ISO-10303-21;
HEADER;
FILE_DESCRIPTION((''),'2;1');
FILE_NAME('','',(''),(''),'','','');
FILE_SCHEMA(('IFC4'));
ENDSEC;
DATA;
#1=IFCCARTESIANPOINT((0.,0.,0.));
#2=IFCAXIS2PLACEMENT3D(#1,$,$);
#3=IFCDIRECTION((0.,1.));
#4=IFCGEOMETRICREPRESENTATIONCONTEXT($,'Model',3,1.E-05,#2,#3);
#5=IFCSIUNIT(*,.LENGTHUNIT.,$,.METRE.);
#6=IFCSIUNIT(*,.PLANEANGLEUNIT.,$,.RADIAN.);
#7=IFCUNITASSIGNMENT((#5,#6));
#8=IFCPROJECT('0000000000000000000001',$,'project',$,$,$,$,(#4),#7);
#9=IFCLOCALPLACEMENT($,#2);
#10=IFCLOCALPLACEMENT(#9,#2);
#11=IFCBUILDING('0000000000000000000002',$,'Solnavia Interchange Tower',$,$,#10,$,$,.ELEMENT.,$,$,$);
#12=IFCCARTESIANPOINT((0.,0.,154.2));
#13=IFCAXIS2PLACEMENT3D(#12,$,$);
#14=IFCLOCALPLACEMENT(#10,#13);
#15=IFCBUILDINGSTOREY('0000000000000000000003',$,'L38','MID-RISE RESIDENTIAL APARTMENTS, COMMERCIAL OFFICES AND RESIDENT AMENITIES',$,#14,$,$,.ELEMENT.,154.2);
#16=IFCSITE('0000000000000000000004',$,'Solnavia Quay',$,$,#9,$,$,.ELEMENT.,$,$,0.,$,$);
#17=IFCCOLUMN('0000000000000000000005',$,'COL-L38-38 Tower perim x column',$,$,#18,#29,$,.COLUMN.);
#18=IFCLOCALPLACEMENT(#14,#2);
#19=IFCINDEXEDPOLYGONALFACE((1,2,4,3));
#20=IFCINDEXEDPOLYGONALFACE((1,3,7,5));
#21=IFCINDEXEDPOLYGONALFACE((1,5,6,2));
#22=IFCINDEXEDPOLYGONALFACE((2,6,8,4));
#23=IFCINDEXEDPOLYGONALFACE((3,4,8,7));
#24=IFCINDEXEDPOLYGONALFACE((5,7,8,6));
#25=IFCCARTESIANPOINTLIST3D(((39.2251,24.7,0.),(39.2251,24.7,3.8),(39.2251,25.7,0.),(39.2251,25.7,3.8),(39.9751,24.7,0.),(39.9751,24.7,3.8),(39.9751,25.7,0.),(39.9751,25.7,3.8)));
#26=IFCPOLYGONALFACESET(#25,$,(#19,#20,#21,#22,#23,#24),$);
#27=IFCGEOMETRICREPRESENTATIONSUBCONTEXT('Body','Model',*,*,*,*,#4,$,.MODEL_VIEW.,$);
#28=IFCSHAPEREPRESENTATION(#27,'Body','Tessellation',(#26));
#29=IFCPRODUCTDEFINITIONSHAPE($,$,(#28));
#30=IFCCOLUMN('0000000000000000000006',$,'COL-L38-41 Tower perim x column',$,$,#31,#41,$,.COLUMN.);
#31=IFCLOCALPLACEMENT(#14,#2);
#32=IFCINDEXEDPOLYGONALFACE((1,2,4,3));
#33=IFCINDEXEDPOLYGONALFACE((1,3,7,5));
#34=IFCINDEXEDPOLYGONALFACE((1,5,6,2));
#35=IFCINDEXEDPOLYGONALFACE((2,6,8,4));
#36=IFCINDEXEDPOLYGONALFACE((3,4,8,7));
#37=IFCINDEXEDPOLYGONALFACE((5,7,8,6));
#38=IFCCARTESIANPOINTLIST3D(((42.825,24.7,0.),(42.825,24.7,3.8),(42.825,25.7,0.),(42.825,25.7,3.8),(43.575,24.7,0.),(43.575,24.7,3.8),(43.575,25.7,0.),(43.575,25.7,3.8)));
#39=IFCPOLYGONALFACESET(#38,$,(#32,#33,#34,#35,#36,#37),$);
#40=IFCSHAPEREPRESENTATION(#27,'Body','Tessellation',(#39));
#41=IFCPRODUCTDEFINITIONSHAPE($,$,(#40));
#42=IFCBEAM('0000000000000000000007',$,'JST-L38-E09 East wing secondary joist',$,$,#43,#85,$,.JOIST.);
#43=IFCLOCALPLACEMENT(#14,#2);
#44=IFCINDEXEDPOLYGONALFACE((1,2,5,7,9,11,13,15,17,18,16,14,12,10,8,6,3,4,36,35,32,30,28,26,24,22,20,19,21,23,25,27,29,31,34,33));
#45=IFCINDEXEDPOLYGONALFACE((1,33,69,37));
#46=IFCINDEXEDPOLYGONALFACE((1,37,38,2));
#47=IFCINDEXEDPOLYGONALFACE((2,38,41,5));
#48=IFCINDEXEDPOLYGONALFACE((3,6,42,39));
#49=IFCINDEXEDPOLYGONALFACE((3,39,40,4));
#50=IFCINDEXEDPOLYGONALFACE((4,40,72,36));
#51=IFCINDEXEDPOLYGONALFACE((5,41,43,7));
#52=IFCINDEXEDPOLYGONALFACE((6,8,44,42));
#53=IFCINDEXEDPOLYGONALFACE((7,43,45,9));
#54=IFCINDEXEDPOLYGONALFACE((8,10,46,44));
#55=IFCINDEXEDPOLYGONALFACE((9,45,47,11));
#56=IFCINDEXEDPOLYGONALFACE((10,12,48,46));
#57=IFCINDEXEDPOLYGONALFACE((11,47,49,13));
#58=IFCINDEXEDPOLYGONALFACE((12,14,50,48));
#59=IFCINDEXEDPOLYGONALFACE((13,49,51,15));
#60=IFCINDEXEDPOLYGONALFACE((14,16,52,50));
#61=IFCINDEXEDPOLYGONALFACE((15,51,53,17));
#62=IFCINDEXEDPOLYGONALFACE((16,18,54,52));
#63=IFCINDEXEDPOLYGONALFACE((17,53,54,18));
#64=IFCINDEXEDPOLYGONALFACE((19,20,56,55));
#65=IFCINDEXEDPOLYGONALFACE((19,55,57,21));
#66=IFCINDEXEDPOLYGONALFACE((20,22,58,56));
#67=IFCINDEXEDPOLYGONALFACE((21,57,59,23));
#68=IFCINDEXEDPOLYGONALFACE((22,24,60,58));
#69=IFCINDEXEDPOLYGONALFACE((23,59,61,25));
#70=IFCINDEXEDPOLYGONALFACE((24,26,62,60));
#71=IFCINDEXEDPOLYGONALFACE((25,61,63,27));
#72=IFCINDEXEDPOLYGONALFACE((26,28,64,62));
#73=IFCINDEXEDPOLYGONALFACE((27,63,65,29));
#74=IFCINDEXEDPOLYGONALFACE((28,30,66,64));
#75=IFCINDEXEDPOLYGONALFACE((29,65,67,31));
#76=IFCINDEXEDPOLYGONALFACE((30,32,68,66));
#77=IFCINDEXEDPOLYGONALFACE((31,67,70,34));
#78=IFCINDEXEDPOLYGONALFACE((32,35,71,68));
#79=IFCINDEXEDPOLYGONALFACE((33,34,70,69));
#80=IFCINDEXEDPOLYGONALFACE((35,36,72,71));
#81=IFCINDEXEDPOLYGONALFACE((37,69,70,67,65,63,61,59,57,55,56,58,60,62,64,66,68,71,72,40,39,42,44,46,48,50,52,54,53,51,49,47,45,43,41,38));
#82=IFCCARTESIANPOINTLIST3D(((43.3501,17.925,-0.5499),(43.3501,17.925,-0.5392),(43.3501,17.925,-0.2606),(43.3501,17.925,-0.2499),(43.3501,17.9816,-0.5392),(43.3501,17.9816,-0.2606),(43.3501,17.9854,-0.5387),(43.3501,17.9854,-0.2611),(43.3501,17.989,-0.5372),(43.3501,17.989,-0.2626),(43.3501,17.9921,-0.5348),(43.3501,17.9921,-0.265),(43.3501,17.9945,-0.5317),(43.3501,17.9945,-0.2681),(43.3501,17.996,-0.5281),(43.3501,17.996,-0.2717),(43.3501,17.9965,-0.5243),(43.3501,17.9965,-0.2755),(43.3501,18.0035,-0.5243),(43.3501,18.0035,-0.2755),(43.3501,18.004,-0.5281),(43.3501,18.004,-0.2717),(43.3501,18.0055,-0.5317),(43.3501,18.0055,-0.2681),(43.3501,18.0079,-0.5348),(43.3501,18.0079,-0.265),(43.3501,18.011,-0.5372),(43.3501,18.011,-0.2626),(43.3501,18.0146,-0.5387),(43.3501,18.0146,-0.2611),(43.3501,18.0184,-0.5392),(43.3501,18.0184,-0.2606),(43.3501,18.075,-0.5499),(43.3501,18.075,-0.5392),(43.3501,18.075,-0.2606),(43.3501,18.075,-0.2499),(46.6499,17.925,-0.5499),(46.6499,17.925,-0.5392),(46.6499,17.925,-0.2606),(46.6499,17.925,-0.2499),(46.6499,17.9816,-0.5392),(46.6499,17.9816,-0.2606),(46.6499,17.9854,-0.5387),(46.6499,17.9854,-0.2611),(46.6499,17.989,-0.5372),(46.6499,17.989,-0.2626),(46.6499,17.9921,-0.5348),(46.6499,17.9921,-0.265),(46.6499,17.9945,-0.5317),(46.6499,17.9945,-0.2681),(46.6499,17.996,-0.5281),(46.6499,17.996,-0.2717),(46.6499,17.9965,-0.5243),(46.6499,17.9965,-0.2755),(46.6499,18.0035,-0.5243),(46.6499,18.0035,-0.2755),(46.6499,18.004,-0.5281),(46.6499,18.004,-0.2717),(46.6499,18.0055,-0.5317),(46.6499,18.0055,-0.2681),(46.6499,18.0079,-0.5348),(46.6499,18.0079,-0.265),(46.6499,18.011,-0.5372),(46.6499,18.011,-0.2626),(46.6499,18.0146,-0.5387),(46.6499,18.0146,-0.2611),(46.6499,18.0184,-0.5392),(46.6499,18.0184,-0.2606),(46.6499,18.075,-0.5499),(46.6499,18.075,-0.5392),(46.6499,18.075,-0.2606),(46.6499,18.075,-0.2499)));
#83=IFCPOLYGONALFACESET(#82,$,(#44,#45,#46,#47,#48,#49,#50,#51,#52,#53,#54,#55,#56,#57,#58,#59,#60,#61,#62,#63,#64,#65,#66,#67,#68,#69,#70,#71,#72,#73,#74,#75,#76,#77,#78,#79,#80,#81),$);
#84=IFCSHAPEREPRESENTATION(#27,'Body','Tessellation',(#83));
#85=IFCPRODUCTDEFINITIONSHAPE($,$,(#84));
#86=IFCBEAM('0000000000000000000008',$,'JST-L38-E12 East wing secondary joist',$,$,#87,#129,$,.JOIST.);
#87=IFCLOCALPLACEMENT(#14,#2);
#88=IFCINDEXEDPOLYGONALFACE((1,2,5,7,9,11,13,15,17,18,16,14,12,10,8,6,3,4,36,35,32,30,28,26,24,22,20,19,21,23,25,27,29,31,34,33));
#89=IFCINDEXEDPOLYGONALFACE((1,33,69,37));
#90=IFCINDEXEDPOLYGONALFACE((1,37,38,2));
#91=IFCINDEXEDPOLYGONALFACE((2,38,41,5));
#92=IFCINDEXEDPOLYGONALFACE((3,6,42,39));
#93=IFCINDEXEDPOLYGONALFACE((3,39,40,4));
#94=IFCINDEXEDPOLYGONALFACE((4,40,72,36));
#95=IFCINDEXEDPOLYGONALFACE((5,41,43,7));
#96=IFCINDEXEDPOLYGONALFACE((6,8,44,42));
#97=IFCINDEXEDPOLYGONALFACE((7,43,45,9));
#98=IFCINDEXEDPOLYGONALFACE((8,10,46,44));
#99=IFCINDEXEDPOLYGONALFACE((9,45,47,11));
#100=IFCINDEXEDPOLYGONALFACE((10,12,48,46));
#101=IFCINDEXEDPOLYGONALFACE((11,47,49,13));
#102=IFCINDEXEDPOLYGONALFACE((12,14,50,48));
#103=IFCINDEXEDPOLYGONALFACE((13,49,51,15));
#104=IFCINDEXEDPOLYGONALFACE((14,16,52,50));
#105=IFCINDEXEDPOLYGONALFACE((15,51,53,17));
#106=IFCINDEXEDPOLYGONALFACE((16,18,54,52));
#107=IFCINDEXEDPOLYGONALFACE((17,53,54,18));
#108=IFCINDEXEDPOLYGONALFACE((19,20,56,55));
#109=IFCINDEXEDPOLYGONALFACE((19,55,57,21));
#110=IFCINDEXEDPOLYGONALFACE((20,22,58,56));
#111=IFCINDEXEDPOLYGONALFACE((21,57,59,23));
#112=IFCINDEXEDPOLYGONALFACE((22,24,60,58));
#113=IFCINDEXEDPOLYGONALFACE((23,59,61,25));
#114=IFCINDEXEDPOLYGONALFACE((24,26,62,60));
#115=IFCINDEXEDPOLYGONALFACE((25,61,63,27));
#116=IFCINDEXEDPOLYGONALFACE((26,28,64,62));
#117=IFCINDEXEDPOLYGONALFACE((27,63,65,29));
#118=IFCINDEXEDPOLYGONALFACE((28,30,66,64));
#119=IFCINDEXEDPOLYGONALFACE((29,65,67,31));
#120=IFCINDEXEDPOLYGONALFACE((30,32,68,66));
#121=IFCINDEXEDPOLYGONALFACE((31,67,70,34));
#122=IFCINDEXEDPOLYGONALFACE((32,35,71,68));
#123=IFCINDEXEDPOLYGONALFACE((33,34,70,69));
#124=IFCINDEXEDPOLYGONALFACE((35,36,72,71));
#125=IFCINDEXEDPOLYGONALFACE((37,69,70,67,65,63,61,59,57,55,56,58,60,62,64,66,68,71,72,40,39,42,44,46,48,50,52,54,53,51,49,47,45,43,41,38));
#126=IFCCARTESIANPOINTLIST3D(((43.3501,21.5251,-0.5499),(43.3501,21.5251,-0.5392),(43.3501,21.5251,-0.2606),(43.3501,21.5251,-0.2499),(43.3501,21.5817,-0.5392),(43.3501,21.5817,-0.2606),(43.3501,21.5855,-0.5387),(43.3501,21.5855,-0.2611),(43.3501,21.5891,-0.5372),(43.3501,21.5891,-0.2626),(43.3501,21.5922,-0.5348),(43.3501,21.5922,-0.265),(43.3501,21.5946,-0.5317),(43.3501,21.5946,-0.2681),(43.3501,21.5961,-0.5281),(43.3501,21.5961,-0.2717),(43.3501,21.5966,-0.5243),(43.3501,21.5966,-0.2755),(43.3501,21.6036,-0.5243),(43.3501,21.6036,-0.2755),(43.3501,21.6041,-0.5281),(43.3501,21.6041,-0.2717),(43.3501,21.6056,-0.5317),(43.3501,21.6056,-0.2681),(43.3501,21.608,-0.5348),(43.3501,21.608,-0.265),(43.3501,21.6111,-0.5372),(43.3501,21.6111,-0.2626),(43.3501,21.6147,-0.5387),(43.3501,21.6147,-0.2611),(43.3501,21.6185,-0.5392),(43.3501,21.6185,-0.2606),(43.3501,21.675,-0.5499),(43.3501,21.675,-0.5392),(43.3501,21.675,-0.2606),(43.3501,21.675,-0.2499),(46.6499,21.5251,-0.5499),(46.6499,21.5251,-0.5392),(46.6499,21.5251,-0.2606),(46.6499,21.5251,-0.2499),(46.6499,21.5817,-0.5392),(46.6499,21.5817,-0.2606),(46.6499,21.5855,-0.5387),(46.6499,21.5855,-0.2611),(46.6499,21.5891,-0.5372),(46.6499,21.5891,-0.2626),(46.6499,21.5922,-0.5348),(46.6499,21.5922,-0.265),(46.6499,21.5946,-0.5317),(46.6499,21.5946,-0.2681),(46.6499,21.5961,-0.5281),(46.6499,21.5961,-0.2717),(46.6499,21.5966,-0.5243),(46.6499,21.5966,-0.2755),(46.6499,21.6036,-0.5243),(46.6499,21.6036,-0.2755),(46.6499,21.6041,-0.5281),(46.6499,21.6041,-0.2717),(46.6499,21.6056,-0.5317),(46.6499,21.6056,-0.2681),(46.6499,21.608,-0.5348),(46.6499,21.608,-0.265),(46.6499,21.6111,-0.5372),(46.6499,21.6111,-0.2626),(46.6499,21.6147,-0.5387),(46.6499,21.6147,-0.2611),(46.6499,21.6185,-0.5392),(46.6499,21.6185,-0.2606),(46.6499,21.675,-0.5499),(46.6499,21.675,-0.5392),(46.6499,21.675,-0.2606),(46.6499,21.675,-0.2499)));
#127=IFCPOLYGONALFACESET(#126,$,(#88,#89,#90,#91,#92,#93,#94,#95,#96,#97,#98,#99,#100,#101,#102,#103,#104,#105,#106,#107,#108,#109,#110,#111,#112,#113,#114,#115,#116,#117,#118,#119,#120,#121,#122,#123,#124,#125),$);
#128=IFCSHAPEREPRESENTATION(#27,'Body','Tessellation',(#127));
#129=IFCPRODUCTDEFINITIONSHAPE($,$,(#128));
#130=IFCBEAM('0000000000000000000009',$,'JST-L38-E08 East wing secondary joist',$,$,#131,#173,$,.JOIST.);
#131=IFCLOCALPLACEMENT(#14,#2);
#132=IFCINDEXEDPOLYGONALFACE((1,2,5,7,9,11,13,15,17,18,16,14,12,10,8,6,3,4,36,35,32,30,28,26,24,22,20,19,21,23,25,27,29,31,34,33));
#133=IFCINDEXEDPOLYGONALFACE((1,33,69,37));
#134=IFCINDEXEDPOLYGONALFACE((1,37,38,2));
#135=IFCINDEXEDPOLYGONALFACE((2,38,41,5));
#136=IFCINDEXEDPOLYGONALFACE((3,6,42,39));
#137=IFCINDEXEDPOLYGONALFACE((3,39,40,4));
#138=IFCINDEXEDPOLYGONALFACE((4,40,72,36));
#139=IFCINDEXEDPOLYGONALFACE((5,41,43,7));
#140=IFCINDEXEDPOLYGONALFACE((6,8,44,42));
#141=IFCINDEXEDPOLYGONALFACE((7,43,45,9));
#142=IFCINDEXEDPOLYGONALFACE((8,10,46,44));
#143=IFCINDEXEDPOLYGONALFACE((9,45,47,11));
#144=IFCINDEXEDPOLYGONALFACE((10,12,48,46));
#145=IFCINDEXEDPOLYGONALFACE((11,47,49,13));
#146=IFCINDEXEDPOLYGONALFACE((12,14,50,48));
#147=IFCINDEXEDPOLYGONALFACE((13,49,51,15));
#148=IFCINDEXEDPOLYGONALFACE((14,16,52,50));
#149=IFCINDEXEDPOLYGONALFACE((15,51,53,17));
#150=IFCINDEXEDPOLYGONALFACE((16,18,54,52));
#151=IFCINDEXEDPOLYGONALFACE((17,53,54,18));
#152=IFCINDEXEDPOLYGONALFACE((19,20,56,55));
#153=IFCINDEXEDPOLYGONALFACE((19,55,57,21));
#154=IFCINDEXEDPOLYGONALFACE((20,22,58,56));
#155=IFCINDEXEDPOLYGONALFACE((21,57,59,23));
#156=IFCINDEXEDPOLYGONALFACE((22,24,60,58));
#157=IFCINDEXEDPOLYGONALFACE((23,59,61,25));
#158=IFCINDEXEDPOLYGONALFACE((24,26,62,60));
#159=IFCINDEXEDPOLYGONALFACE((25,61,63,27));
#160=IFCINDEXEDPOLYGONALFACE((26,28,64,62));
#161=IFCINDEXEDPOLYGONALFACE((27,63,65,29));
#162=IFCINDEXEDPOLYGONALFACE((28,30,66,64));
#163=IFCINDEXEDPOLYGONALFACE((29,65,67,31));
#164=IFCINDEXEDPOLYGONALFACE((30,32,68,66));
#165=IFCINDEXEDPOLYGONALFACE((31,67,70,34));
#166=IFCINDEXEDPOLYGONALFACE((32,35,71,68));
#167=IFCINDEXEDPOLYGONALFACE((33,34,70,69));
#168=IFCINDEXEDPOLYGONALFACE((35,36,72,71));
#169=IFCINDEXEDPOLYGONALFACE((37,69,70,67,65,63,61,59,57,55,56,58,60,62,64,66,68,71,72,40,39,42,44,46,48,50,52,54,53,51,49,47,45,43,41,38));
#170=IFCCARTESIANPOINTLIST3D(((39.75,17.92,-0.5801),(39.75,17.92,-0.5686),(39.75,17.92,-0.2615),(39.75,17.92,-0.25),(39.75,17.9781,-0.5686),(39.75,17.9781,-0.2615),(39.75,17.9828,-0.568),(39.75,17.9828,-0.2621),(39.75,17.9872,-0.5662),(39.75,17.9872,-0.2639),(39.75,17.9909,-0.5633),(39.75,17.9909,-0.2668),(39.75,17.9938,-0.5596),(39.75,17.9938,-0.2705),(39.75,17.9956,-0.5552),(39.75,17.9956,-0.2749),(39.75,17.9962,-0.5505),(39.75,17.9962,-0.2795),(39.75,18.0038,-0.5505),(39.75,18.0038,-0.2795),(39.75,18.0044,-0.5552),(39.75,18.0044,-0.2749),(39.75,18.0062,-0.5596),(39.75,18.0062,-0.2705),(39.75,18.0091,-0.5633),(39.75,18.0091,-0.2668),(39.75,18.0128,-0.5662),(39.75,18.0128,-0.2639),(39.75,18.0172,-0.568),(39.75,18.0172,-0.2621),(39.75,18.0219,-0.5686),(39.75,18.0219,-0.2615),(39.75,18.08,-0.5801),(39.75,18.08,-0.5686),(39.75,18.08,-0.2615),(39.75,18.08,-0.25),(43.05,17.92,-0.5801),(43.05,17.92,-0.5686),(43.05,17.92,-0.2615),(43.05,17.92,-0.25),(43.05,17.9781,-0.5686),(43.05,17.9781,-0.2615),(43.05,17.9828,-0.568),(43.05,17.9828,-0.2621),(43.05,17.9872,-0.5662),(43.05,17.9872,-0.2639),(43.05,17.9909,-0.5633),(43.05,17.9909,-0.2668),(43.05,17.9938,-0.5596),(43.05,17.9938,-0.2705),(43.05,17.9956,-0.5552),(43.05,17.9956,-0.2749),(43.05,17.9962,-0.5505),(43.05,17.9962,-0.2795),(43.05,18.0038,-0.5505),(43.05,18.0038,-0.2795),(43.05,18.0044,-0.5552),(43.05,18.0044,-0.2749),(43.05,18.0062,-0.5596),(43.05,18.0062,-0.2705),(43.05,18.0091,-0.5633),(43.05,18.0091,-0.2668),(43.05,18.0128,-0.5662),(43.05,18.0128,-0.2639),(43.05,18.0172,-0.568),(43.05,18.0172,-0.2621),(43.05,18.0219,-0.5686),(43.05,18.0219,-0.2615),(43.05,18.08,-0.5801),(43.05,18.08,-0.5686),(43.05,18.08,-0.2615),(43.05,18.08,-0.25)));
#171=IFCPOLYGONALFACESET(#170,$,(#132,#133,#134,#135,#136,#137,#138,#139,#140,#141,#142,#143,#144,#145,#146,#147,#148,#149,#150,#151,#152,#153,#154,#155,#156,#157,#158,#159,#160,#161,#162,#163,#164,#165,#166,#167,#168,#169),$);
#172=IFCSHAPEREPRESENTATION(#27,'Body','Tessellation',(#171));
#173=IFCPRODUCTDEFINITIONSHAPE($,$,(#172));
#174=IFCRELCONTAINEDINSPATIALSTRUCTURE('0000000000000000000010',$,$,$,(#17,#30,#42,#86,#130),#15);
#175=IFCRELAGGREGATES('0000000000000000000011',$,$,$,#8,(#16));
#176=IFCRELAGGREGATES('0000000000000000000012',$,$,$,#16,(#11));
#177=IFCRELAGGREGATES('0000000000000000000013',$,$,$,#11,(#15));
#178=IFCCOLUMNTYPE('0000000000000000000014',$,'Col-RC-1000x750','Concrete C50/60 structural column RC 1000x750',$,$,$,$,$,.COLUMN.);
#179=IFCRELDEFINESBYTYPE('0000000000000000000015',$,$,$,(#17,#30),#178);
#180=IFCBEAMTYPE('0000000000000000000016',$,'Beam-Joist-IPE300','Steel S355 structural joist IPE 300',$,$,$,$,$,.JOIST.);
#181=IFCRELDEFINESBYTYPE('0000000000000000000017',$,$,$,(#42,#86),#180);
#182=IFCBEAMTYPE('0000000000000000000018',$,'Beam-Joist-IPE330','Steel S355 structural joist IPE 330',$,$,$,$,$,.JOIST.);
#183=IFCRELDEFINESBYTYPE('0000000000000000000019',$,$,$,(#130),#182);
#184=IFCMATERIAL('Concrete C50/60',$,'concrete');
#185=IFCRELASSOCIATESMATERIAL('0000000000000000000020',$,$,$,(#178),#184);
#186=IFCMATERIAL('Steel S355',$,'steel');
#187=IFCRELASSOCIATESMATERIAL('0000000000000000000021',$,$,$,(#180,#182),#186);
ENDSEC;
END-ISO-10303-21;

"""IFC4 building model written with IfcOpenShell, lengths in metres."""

from ifc_helpers import new_model, si_unit, direction, frame, origin, origin_2d, place, context, subcontext, project, spatial, rectangle, i_section, extrude, material, material_profile, profile_set, type_object, element, save


model = new_model("IFC4")

# Units and contexts
model_context = context("Model", 3, precision=1e-05, world=origin(), true_north=direction((0.0, 1.0)))
body_context = subcontext(model_context, "Body", "Model", "MODEL_VIEW")
ifc_project = project(units=[si_unit("LENGTHUNIT", "METRE"), si_unit("PLANEANGLEUNIT", "RADIAN")], contexts=[model_context])

# Site, building, storey
site_placement = place(None, origin())
site = spatial("IfcSite", under=ifc_project, at=site_placement, Name="Solnavia Quay", CompositionType="ELEMENT", RefElevation=0.0)
building_placement = place(site_placement, origin())
building = spatial("IfcBuilding", under=site, at=building_placement, Name="Solnavia Interchange Tower", CompositionType="ELEMENT")
storey_placement = place(building_placement, frame((0.0, 0.0, 154.2)))
storey = spatial("IfcBuildingStorey", under=building, at=storey_placement, Name="L38", Description="MID-RISE RESIDENTIAL APARTMENTS, COMMERCIAL OFFICES AND RESIDENT AMENITIES", CompositionType="ELEMENT", Elevation=154.2)

# Columns
ifc_material_1 = material(Name="Concrete C50/60", Category="concrete")
ifc_material_profile_1 = material_profile(ifc_material_1, rectangle(XDim=0.75, YDim=1.0, at=origin_2d()), Name="RC 1000x750")
ifc_profile_set_1 = profile_set([ifc_material_profile_1], Name="Concrete C50/60")
column_type = type_object("IfcColumnType", Name="Col-RC-1000x750", Description="Concrete C50/60 structural column RC 1000x750", PredefinedType="COLUMN", material=ifc_profile_set_1)
for number, where, z_axis, x_axis, name in (
    (1, (39.6001, 25.2, 0.0), (0.0, 0.0, 1.0), (1.0, 0.0, 0.0), "COL-L38-38 Tower perim x column"),
    (2, (43.2, 25.2, 0.0), (0.0, 0.0, 1.0), (1.0, 0.0, 0.0), "COL-L38-41 Tower perim x column"),
):
    element("IfcColumn", number, at=place(storey_placement, frame(where, z_axis=z_axis, x_axis=x_axis)), inside=storey, type_object=column_type, Name=name, PredefinedType="COLUMN", context=body_context, shape_type="SweptSolid", body=[
        extrude(rectangle(XDim=0.75, YDim=1.0, at=origin_2d()), origin(), (0.0, 0.0, 1.0), 3.8),
    ])

# Beams
ifc_material_2 = material(Name="Steel S355", Category="steel")
ifc_material_profile_2 = material_profile(ifc_material_2, i_section(OverallWidth=0.1499, OverallDepth=0.3, WebThickness=0.0071, FlangeThickness=0.0107, FilletRadius=0.0149, at=origin_2d()), Name="IPE 300")
ifc_profile_set_2 = profile_set([ifc_material_profile_2], Name="Steel S355")
beam_type_1 = type_object("IfcBeamType", Name="Beam-Joist-IPE300", Description="Steel S355 structural joist IPE 300", PredefinedType="JOIST", material=ifc_profile_set_2)
for number, where, z_axis, x_axis, name in (
    (3, (43.3501, 18.0, -0.3999), (1.0, 0.0, 0.0), (0.0, 1.0, 0.0), "JST-L38-E09 East wing secondary joist"),
    (4, (43.3501, 21.6001, -0.3999), (1.0, 0.0, 0.0), (0.0, 1.0, 0.0), "JST-L38-E12 East wing secondary joist"),
):
    element("IfcBeam", number, at=place(storey_placement, frame(where, z_axis=z_axis, x_axis=x_axis)), inside=storey, type_object=beam_type_1, Name=name, PredefinedType="JOIST", context=body_context, shape_type="SweptSolid", body=[
        extrude(i_section(OverallWidth=0.1499, OverallDepth=0.3, WebThickness=0.0071, FlangeThickness=0.0107, FilletRadius=0.0149, at=origin_2d()), origin(), (0.0, 0.0, 1.0), 3.2998),
    ])
ifc_material_profile_3 = material_profile(ifc_material_2, i_section(OverallWidth=0.1599, OverallDepth=0.3301, WebThickness=0.0076, FlangeThickness=0.0115, FilletRadius=0.0181, at=origin_2d()), Name="IPE 330")
ifc_profile_set_3 = profile_set([ifc_material_profile_3], Name="Steel S355")
beam_type_2 = type_object("IfcBeamType", Name="Beam-Joist-IPE330", Description="Steel S355 structural joist IPE 330", PredefinedType="JOIST", material=ifc_profile_set_3)
for number, where, z_axis, x_axis, name in (
    (5, (39.75, 18.0, -0.415), (1.0, 0.0, 0.0), (0.0, 1.0, 0.0), "JST-L38-E08 East wing secondary joist"),
):
    element("IfcBeam", number, at=place(storey_placement, frame(where, z_axis=z_axis, x_axis=x_axis)), inside=storey, type_object=beam_type_2, Name=name, PredefinedType="JOIST", context=body_context, shape_type="SweptSolid", body=[
        extrude(i_section(OverallWidth=0.1599, OverallDepth=0.3301, WebThickness=0.0076, FlangeThickness=0.0115, FilletRadius=0.0181, at=origin_2d()), origin(), (0.0, 0.0, 1.0), 3.3),
    ])

save(model, "model.ifc")
